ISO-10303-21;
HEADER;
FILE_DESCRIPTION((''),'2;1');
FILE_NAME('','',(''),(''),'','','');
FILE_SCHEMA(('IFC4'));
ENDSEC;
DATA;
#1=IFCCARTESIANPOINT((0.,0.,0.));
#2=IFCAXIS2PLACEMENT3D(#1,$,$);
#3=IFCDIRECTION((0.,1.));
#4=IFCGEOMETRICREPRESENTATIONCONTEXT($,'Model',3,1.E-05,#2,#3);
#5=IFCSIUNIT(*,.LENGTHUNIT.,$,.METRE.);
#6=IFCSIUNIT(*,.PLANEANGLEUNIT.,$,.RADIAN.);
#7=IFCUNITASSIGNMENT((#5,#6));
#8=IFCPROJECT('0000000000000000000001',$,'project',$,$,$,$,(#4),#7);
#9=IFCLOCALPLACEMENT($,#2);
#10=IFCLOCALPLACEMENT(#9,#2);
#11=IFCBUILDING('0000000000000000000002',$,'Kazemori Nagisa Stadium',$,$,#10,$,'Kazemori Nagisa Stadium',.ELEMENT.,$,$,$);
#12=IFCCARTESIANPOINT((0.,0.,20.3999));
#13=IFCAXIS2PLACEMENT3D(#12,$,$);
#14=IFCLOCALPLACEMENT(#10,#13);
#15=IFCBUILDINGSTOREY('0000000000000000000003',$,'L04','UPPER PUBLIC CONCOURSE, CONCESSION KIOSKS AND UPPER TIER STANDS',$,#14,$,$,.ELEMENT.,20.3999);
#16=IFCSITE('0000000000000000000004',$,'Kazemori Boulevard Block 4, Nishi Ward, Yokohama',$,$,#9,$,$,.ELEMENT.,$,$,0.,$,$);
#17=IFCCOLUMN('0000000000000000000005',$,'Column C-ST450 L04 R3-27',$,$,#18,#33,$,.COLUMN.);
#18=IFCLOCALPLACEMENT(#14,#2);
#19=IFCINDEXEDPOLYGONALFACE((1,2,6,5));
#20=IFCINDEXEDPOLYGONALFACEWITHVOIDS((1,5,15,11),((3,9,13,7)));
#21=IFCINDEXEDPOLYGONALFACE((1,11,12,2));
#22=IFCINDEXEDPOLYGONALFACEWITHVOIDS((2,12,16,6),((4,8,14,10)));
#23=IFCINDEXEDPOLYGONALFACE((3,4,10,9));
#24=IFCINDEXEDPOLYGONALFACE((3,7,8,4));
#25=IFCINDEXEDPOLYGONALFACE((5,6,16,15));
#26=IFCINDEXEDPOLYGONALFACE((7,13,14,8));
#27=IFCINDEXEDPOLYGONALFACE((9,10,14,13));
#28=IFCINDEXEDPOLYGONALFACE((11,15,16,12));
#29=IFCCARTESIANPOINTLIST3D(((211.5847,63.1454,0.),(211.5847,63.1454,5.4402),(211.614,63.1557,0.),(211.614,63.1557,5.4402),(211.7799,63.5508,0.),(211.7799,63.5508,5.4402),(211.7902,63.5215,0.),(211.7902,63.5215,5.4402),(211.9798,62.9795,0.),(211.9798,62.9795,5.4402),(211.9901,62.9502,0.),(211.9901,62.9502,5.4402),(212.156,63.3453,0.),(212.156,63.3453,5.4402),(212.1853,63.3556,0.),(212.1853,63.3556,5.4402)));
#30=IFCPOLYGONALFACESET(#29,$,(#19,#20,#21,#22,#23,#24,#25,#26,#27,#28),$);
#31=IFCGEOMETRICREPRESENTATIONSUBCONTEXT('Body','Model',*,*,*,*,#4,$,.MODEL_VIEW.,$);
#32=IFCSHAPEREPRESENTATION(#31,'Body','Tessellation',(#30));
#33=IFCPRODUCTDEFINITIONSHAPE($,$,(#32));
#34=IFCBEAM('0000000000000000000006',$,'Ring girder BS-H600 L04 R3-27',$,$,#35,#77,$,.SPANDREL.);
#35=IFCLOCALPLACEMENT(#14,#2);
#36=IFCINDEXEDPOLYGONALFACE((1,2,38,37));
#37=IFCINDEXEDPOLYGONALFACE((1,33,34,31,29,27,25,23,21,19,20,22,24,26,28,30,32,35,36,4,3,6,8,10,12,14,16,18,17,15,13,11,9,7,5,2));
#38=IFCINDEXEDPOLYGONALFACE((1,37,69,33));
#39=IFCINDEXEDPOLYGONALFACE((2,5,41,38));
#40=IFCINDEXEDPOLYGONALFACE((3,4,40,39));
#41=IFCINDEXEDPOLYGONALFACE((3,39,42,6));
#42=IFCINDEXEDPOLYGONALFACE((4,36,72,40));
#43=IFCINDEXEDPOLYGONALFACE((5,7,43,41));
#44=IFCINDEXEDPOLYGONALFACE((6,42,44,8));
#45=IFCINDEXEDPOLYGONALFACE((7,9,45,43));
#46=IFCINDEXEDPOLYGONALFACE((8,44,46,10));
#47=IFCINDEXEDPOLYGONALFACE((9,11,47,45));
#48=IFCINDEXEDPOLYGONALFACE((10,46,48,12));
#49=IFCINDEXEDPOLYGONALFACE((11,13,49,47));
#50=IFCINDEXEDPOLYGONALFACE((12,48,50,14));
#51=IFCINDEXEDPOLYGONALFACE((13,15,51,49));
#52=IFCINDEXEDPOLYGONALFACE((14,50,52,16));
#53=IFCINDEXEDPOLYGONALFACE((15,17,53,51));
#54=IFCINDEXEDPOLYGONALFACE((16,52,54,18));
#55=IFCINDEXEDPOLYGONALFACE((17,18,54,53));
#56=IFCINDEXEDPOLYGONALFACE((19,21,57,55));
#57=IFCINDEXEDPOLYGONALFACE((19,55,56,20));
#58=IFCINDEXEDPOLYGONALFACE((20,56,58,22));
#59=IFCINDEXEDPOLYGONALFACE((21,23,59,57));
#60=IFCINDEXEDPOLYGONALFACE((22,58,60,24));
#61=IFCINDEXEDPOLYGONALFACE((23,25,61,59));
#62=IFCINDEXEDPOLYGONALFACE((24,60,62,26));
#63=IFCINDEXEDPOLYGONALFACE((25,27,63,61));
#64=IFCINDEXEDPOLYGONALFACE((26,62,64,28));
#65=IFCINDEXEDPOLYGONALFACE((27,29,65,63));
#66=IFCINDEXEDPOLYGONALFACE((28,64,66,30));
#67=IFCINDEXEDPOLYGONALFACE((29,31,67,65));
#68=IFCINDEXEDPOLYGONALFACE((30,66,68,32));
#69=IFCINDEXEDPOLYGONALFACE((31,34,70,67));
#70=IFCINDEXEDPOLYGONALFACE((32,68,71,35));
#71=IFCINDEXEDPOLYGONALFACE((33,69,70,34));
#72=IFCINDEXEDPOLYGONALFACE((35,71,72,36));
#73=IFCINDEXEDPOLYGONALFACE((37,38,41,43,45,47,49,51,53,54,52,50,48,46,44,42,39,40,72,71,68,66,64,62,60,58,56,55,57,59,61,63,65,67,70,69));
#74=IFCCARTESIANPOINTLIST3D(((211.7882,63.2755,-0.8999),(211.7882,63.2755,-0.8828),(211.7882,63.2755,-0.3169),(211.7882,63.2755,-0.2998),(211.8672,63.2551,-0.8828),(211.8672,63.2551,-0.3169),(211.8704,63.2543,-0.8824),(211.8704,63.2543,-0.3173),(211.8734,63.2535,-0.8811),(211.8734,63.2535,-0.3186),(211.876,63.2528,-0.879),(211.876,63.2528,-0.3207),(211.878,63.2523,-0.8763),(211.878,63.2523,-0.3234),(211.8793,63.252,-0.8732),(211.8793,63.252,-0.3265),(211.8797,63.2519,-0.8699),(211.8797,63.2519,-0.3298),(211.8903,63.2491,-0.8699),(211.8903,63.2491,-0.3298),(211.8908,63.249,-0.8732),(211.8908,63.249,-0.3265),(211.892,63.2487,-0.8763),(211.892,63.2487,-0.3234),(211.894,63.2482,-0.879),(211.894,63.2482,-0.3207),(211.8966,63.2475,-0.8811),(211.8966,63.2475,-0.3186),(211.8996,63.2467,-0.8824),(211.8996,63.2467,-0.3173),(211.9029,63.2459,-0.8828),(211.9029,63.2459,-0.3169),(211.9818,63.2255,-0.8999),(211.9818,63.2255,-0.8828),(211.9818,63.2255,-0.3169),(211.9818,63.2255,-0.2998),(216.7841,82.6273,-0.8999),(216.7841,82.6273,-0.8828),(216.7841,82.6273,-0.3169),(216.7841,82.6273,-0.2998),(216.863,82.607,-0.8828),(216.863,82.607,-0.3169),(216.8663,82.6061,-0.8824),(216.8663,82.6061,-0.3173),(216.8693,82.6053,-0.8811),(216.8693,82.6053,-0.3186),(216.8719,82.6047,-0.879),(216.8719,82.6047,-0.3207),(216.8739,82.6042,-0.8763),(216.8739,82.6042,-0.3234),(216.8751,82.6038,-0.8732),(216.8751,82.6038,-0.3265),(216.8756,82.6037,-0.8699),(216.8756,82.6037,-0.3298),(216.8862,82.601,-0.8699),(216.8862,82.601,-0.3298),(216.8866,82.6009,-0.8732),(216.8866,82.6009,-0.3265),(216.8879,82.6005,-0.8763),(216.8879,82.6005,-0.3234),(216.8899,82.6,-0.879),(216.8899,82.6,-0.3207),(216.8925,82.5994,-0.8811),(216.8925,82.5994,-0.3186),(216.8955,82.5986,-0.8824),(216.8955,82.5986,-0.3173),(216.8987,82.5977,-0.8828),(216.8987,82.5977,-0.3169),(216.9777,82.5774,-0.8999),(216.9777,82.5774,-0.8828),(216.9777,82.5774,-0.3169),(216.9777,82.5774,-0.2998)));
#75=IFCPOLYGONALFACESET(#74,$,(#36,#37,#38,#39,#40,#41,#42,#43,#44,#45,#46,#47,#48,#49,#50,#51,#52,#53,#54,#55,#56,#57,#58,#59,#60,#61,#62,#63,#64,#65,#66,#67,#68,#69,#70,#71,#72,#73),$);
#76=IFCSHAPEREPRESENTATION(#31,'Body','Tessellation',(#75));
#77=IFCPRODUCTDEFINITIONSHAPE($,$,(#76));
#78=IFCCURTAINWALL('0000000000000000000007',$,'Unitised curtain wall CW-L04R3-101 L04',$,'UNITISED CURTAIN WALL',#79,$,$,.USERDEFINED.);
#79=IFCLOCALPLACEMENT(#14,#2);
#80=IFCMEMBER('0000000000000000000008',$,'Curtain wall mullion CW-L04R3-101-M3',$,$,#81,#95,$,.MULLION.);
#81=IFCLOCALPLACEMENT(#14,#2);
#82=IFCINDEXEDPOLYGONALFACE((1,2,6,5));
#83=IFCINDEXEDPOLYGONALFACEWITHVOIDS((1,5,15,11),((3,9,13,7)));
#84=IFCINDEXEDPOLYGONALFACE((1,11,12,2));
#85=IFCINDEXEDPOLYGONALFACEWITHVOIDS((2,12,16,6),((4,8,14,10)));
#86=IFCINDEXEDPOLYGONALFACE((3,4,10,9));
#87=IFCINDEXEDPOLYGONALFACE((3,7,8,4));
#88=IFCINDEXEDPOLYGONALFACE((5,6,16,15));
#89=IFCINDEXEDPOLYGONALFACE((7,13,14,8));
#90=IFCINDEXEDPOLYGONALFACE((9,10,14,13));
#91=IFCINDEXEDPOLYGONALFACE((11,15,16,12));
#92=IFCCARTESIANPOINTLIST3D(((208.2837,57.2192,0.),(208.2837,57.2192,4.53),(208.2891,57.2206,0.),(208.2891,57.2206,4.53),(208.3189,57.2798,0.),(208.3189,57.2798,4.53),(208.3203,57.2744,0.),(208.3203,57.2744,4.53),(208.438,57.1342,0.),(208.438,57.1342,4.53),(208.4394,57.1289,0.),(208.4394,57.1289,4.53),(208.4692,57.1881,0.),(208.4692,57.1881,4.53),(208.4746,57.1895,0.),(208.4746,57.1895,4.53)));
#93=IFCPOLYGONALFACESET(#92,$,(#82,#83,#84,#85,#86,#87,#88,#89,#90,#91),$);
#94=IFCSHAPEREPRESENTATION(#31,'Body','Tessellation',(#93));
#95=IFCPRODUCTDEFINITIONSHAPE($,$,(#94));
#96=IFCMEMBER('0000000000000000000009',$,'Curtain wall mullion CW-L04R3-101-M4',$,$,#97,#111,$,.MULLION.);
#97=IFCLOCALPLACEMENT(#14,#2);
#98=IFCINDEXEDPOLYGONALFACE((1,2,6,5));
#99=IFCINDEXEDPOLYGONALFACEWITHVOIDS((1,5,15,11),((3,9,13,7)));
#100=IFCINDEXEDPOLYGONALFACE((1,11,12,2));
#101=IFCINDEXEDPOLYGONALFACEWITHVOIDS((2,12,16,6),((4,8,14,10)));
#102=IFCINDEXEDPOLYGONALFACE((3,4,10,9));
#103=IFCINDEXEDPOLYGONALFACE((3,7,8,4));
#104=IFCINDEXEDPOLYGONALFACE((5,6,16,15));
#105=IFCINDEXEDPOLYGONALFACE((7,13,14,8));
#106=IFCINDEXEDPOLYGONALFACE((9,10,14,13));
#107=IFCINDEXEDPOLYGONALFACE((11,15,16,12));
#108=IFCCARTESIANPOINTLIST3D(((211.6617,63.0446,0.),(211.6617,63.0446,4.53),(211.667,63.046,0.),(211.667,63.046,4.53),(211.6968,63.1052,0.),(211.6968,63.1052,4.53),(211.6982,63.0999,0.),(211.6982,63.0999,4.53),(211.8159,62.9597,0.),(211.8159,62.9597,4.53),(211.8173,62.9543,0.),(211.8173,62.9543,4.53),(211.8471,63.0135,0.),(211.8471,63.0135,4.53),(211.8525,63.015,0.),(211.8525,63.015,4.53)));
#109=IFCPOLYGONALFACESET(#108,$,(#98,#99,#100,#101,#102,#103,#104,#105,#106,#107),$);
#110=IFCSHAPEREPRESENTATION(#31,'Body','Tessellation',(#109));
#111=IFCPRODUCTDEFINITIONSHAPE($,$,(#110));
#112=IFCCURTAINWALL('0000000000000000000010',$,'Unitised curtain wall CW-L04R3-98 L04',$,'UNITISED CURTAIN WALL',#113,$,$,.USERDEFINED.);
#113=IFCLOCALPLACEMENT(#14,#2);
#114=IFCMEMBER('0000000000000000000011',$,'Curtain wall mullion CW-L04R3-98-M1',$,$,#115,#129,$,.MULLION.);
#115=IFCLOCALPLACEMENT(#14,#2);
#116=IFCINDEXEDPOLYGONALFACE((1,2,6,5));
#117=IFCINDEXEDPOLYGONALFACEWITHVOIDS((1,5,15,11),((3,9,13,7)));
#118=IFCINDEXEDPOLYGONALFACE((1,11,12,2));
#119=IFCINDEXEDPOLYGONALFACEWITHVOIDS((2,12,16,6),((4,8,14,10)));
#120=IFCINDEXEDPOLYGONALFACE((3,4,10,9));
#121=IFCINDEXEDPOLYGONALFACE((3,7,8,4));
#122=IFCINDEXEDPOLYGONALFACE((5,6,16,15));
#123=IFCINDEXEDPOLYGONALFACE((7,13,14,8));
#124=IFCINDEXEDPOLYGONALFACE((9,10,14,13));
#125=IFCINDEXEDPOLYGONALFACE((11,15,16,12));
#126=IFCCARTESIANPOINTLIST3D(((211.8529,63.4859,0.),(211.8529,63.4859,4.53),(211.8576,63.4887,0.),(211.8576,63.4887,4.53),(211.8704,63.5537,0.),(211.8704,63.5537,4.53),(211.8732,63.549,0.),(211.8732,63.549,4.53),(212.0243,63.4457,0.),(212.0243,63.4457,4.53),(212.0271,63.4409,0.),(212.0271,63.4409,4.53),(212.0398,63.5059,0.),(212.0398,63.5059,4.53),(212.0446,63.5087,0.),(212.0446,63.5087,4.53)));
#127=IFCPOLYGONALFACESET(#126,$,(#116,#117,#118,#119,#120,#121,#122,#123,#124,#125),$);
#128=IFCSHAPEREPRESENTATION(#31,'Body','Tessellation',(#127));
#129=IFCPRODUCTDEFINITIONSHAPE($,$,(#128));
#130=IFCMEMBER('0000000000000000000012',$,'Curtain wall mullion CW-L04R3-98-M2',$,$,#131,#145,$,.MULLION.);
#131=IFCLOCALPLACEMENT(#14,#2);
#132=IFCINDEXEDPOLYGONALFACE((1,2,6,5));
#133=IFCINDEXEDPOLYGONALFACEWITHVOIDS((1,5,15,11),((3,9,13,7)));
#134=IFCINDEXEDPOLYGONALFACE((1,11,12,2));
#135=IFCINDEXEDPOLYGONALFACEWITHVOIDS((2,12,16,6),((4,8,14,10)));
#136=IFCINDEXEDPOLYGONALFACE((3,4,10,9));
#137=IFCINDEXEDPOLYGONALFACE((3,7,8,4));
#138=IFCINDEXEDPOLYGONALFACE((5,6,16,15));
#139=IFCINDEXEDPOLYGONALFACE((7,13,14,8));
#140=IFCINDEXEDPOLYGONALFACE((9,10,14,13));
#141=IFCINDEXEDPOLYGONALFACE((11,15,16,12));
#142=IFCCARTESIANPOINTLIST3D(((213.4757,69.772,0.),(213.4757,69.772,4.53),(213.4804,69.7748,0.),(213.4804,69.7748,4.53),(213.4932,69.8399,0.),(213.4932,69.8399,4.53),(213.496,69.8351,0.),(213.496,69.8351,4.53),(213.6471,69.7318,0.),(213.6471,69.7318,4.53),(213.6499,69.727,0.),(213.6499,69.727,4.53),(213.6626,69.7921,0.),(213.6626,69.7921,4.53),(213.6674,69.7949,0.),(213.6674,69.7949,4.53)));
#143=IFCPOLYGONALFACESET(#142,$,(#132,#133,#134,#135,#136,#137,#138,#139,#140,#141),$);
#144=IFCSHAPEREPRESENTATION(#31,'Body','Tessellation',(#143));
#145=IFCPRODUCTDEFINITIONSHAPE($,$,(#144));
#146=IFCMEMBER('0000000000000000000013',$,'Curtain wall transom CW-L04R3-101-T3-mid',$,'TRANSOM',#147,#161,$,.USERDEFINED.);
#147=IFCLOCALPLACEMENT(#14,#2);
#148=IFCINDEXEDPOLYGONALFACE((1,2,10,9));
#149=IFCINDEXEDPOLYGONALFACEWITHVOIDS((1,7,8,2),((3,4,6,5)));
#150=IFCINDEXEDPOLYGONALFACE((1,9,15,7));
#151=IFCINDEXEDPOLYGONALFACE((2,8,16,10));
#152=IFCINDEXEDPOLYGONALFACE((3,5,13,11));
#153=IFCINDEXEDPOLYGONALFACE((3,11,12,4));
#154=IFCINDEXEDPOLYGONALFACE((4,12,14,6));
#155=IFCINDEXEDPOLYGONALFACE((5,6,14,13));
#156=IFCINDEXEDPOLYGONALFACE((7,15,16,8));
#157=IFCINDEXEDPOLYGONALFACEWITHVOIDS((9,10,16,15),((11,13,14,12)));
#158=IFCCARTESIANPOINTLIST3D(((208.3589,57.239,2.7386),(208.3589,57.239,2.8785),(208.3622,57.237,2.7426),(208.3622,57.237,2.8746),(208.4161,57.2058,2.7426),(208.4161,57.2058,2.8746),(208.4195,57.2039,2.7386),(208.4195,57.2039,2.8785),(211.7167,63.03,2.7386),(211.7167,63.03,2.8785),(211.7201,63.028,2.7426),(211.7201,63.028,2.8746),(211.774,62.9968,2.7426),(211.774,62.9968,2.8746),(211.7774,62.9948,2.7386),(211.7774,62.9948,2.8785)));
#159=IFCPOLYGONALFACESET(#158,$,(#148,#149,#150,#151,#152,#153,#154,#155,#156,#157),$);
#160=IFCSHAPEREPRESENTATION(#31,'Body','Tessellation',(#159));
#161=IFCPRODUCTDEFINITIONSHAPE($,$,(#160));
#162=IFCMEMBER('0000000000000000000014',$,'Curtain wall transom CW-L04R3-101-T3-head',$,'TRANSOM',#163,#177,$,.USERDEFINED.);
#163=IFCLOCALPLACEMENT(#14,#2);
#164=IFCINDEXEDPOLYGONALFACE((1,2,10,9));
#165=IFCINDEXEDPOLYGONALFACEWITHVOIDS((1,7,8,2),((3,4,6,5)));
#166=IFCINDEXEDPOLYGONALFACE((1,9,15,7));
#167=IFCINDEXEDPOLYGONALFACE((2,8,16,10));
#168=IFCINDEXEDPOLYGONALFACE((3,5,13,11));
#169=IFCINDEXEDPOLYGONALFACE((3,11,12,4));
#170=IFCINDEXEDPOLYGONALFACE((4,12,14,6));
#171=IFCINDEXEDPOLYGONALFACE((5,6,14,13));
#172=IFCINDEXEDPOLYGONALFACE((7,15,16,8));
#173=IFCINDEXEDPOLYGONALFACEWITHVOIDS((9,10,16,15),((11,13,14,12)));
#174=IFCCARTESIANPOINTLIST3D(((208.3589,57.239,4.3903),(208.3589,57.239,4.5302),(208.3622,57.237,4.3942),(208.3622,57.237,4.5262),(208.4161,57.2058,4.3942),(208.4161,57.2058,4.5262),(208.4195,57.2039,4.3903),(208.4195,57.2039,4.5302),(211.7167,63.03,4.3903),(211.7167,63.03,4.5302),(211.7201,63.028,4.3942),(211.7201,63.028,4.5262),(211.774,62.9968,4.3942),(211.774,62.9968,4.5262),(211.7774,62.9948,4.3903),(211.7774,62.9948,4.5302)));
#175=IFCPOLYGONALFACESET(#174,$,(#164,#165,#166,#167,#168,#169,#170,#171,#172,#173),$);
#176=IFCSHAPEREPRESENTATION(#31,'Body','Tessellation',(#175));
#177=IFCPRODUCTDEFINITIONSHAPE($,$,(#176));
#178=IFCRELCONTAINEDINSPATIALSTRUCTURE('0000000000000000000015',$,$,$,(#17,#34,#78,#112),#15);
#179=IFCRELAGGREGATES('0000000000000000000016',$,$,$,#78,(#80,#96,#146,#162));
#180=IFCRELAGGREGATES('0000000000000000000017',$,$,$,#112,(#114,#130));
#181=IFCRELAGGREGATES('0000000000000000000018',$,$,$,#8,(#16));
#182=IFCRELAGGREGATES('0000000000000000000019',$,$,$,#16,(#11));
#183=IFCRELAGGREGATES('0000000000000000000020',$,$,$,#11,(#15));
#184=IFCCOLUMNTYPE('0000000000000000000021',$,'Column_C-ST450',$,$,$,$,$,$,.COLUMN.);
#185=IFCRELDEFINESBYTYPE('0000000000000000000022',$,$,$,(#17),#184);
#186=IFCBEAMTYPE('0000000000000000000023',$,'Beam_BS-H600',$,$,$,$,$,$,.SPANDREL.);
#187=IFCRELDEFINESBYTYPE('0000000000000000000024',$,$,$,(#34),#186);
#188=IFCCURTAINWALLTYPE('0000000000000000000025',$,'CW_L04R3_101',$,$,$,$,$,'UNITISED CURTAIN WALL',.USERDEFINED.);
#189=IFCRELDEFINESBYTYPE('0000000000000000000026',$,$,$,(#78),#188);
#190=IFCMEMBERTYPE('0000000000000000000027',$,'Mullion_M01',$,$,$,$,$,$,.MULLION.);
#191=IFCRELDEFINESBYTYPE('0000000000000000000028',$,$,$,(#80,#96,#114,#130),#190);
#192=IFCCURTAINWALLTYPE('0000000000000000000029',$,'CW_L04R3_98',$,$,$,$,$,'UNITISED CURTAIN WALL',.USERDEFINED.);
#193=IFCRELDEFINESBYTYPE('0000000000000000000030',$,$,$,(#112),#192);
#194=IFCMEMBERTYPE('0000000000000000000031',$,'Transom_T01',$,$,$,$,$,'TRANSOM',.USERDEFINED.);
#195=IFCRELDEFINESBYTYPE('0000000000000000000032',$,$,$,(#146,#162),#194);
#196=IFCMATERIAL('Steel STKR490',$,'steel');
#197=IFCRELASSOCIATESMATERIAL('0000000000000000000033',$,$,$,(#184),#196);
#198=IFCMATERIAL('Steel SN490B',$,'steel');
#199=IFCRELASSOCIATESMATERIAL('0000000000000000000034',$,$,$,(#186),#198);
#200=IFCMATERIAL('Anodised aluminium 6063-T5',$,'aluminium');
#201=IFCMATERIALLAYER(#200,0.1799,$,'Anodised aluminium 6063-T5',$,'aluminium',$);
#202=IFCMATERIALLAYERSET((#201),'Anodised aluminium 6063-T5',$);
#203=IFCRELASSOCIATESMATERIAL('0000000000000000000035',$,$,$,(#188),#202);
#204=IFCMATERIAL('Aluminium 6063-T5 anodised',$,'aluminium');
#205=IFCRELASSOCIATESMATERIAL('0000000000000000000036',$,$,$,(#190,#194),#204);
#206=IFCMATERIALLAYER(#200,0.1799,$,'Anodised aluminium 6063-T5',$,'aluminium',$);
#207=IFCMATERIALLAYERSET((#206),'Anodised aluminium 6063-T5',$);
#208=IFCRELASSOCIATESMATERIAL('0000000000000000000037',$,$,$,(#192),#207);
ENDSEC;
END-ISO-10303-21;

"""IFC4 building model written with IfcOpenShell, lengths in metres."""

from ifc_helpers import new_model, si_unit, direction, frame, origin, origin_2d, place, context, subcontext, project, spatial, hollow_rectangle, i_section, extrude, material, layer, layer_set, material_profile, profile_set, type_object, element, aggregate, save


model = new_model("IFC4")

# Units and contexts
model_context = context("Model", 3, precision=1e-05, world=origin(), true_north=direction((0.0, 1.0)))
body_context = subcontext(model_context, "Body", "Model", "MODEL_VIEW")
ifc_project = project(units=[si_unit("LENGTHUNIT", "METRE"), si_unit("PLANEANGLEUNIT", "RADIAN")], contexts=[model_context])

# Site, building, storey
site_placement = place(None, origin())
site = spatial("IfcSite", under=ifc_project, at=site_placement, Name="Kazemori Boulevard Block 4, Nishi Ward, Yokohama", CompositionType="ELEMENT", RefElevation=0.0)
building_placement = place(site_placement, origin())
building = spatial("IfcBuilding", under=site, at=building_placement, Name="Kazemori Nagisa Stadium", LongName="Kazemori Nagisa Stadium", CompositionType="ELEMENT")
storey_placement = place(building_placement, frame((0.0, 0.0, 20.3999)))
storey = spatial("IfcBuildingStorey", under=building, at=storey_placement, Name="L04", Description="UPPER PUBLIC CONCOURSE, CONCESSION KIOSKS AND UPPER TIER STANDS", CompositionType="ELEMENT", Elevation=20.3999)

# Column
ifc_material_1 = material(Name="Steel STKR490", Category="steel")
ifc_material_profile_1 = material_profile(ifc_material_1, hollow_rectangle(XDim=0.45, YDim=0.45, WallThickness=0.022, at=origin_2d()), Name="SHS-450x450x22")
ifc_profile_set_1 = profile_set([ifc_material_profile_1], Name="Steel STKR490")
column_type = type_object("IfcColumnType", Name="Column_C-ST450", PredefinedType="COLUMN", material=ifc_profile_set_1)
column_placement = place(storey_placement, frame((211.885, 63.2505, 0.0), z_axis=(0.0, 0.0, 1.0), x_axis=(0.900969, -0.433884, 0.0)))
element("IfcColumn", 1, at=column_placement, inside=storey, type_object=column_type, Name="Column C-ST450 L04 R3-27", PredefinedType="COLUMN", context=body_context, shape_type="SweptSolid", body=[
    extrude(hollow_rectangle(XDim=0.45, YDim=0.45, WallThickness=0.022, at=origin_2d()), origin(), (0.0, 0.0, 1.0), 5.4402),
])

# Beam
ifc_material_2 = material(Name="Steel SN490B", Category="steel")
ifc_material_profile_2 = material_profile(ifc_material_2, i_section(OverallWidth=0.2, OverallDepth=0.6001, WebThickness=0.011, FlangeThickness=0.0171, FilletRadius=0.0129, at=origin_2d()), Name="H-600x200x11x17")
ifc_profile_set_2 = profile_set([ifc_material_profile_2], Name="Steel SN490B")
beam_type = type_object("IfcBeamType", Name="Beam_BS-H600", PredefinedType="SPANDREL", material=ifc_profile_set_2)
beam_placement = place(storey_placement, frame((211.885, 63.2505, -0.5999), z_axis=(0.249964, 0.968255, 0.0), x_axis=(-0.968255, 0.249964, 0.0)))
element("IfcBeam", 2, at=beam_placement, inside=storey, type_object=beam_type, Name="Ring girder BS-H600 L04 R3-27", PredefinedType="SPANDREL", context=body_context, shape_type="SweptSolid", body=[
    extrude(i_section(OverallWidth=0.2, OverallDepth=0.6001, WebThickness=0.011, FlangeThickness=0.0171, FilletRadius=0.0129, at=origin_2d()), origin(), (0.0, 0.0, 1.0), 19.9863),
])

# Curtain walls, members
ifc_material_3 = material(Name="Anodised aluminium 6063-T5", Category="aluminium")
ifc_layer_1 = layer(ifc_material_3, 0.1799, Name="Anodised aluminium 6063-T5", Category="aluminium")
ifc_layer_set_1 = layer_set([ifc_layer_1], Name="Anodised aluminium 6063-T5")
curtain_wall_type_1 = type_object("IfcCurtainWallType", Name="CW_L04R3_101", ElementType="UNITISED CURTAIN WALL", PredefinedType="USERDEFINED", material=ifc_layer_set_1)
curtain_wall_1_placement = place(storey_placement, origin())
curtain_wall_1 = element("IfcCurtainWall", 3, at=curtain_wall_1_placement, inside=storey, type_object=curtain_wall_type_1, Name="Unitised curtain wall CW-L04R3-101 L04", ObjectType="UNITISED CURTAIN WALL", PredefinedType="USERDEFINED")
ifc_material_4 = material(Name="Aluminium 6063-T5 anodised", Category="aluminium")
ifc_material_profile_3 = material_profile(ifc_material_4, hollow_rectangle(XDim=0.0701, YDim=0.1799, WallThickness=0.0039, at=origin_2d()), Name="ALU-MULL-70x180x4")
ifc_profile_set_3 = profile_set([ifc_material_profile_3], Name="Aluminium 6063-T5 anodised")
member_type_1 = type_object("IfcMemberType", Name="Mullion_M01", PredefinedType="MULLION", material=ifc_profile_set_3)
member_1_placement = place(storey_placement, frame((208.3792, 57.2043, 0.0), z_axis=(0.0, 0.0, 1.0), x_axis=(0.501612, 0.865093, 0.0)))
member_1 = element("IfcMember", 4, at=member_1_placement, type_object=member_type_1, Name="Curtain wall mullion CW-L04R3-101-M3", PredefinedType="MULLION", context=body_context, shape_type="SweptSolid", body=[
    extrude(hollow_rectangle(XDim=0.0701, YDim=0.1799, WallThickness=0.0039, at=origin_2d()), origin(), (0.0, 0.0, 1.0), 4.53),
])
member_2_placement = place(storey_placement, frame((211.7571, 63.0298, 0.0), z_axis=(0.0, 0.0, 1.0), x_axis=(0.501612, 0.865093, 0.0)))
member_2 = element("IfcMember", 5, at=member_2_placement, type_object=member_type_1, Name="Curtain wall mullion CW-L04R3-101-M4", PredefinedType="MULLION", context=body_context, shape_type="SweptSolid", body=[
    extrude(hollow_rectangle(XDim=0.0701, YDim=0.1799, WallThickness=0.0039, at=origin_2d()), origin(), (0.0, 0.0, 1.0), 4.53),
])
ifc_layer_2 = layer(ifc_material_3, 0.1799, Name="Anodised aluminium 6063-T5", Category="aluminium")
ifc_layer_set_2 = layer_set([ifc_layer_2], Name="Anodised aluminium 6063-T5")
curtain_wall_type_2 = type_object("IfcCurtainWallType", Name="CW_L04R3_98", ElementType="UNITISED CURTAIN WALL", PredefinedType="USERDEFINED", material=ifc_layer_set_2)
curtain_wall_2_placement = place(storey_placement, origin())
curtain_wall_2 = element("IfcCurtainWall", 6, at=curtain_wall_2_placement, inside=storey, type_object=curtain_wall_type_2, Name="Unitised curtain wall CW-L04R3-98 L04", ObjectType="UNITISED CURTAIN WALL", PredefinedType="USERDEFINED")
member_3_placement = place(storey_placement, frame((211.9487, 63.4973, 0.0), z_axis=(0.0, 0.0, 1.0), x_axis=(0.249965, 0.968255, 0.0)))
member_3 = element("IfcMember", 7, at=member_3_placement, type_object=member_type_1, Name="Curtain wall mullion CW-L04R3-98-M1", PredefinedType="MULLION", context=body_context, shape_type="SweptSolid", body=[
    extrude(hollow_rectangle(XDim=0.0701, YDim=0.1799, WallThickness=0.0039, at=origin_2d()), origin(), (0.0, 0.0, 1.0), 4.53),
])
member_4_placement = place(storey_placement, frame((213.5715, 69.7834, 0.0), z_axis=(0.0, 0.0, 1.0), x_axis=(0.249965, 0.968255, 0.0)))
member_4 = element("IfcMember", 8, at=member_4_placement, type_object=member_type_1, Name="Curtain wall mullion CW-L04R3-98-M2", PredefinedType="MULLION", context=body_context, shape_type="SweptSolid", body=[
    extrude(hollow_rectangle(XDim=0.0701, YDim=0.1799, WallThickness=0.0039, at=origin_2d()), origin(), (0.0, 0.0, 1.0), 4.53),
])

# Members
ifc_material_profile_4 = material_profile(ifc_material_4, hollow_rectangle(XDim=0.0701, YDim=0.1399, WallThickness=0.0039, at=origin_2d()), Name="ALU-TRAN-70x140x4")
ifc_profile_set_4 = profile_set([ifc_material_profile_4], Name="Aluminium 6063-T5 anodised")
member_type_2 = type_object("IfcMemberType", Name="Transom_T01", ElementType="TRANSOM", PredefinedType="USERDEFINED", material=ifc_profile_set_4)
member_5_placement = place(storey_placement, frame((208.3892, 57.2214, 2.8086), z_axis=(0.50162, 0.865088, 0.0), x_axis=(-0.865088, 0.50162, 0.0)))
member_5 = element("IfcMember", 9, at=member_5_placement, type_object=member_type_2, Name="Curtain wall transom CW-L04R3-101-T3-mid", ObjectType="TRANSOM", PredefinedType="USERDEFINED", context=body_context, shape_type="SweptSolid", body=[
    extrude(hollow_rectangle(XDim=0.0701, YDim=0.1399, WallThickness=0.0039, at=origin_2d()), origin(), (0.0, 0.0, 1.0), 6.6941),
])
member_6_placement = place(storey_placement, frame((208.3892, 57.2214, 4.4602), z_axis=(0.50162, 0.865088, 0.0), x_axis=(-0.865088, 0.50162, 0.0)))
member_6 = element("IfcMember", 10, at=member_6_placement, type_object=member_type_2, Name="Curtain wall transom CW-L04R3-101-T3-head", ObjectType="TRANSOM", PredefinedType="USERDEFINED", context=body_context, shape_type="SweptSolid", body=[
    extrude(hollow_rectangle(XDim=0.0701, YDim=0.1399, WallThickness=0.0039, at=origin_2d()), origin(), (0.0, 0.0, 1.0), 6.6941),
])

aggregate(curtain_wall_1, [member_1, member_2, member_5, member_6])
aggregate(curtain_wall_2, [member_3, member_4])

save(model, "model.ifc")
